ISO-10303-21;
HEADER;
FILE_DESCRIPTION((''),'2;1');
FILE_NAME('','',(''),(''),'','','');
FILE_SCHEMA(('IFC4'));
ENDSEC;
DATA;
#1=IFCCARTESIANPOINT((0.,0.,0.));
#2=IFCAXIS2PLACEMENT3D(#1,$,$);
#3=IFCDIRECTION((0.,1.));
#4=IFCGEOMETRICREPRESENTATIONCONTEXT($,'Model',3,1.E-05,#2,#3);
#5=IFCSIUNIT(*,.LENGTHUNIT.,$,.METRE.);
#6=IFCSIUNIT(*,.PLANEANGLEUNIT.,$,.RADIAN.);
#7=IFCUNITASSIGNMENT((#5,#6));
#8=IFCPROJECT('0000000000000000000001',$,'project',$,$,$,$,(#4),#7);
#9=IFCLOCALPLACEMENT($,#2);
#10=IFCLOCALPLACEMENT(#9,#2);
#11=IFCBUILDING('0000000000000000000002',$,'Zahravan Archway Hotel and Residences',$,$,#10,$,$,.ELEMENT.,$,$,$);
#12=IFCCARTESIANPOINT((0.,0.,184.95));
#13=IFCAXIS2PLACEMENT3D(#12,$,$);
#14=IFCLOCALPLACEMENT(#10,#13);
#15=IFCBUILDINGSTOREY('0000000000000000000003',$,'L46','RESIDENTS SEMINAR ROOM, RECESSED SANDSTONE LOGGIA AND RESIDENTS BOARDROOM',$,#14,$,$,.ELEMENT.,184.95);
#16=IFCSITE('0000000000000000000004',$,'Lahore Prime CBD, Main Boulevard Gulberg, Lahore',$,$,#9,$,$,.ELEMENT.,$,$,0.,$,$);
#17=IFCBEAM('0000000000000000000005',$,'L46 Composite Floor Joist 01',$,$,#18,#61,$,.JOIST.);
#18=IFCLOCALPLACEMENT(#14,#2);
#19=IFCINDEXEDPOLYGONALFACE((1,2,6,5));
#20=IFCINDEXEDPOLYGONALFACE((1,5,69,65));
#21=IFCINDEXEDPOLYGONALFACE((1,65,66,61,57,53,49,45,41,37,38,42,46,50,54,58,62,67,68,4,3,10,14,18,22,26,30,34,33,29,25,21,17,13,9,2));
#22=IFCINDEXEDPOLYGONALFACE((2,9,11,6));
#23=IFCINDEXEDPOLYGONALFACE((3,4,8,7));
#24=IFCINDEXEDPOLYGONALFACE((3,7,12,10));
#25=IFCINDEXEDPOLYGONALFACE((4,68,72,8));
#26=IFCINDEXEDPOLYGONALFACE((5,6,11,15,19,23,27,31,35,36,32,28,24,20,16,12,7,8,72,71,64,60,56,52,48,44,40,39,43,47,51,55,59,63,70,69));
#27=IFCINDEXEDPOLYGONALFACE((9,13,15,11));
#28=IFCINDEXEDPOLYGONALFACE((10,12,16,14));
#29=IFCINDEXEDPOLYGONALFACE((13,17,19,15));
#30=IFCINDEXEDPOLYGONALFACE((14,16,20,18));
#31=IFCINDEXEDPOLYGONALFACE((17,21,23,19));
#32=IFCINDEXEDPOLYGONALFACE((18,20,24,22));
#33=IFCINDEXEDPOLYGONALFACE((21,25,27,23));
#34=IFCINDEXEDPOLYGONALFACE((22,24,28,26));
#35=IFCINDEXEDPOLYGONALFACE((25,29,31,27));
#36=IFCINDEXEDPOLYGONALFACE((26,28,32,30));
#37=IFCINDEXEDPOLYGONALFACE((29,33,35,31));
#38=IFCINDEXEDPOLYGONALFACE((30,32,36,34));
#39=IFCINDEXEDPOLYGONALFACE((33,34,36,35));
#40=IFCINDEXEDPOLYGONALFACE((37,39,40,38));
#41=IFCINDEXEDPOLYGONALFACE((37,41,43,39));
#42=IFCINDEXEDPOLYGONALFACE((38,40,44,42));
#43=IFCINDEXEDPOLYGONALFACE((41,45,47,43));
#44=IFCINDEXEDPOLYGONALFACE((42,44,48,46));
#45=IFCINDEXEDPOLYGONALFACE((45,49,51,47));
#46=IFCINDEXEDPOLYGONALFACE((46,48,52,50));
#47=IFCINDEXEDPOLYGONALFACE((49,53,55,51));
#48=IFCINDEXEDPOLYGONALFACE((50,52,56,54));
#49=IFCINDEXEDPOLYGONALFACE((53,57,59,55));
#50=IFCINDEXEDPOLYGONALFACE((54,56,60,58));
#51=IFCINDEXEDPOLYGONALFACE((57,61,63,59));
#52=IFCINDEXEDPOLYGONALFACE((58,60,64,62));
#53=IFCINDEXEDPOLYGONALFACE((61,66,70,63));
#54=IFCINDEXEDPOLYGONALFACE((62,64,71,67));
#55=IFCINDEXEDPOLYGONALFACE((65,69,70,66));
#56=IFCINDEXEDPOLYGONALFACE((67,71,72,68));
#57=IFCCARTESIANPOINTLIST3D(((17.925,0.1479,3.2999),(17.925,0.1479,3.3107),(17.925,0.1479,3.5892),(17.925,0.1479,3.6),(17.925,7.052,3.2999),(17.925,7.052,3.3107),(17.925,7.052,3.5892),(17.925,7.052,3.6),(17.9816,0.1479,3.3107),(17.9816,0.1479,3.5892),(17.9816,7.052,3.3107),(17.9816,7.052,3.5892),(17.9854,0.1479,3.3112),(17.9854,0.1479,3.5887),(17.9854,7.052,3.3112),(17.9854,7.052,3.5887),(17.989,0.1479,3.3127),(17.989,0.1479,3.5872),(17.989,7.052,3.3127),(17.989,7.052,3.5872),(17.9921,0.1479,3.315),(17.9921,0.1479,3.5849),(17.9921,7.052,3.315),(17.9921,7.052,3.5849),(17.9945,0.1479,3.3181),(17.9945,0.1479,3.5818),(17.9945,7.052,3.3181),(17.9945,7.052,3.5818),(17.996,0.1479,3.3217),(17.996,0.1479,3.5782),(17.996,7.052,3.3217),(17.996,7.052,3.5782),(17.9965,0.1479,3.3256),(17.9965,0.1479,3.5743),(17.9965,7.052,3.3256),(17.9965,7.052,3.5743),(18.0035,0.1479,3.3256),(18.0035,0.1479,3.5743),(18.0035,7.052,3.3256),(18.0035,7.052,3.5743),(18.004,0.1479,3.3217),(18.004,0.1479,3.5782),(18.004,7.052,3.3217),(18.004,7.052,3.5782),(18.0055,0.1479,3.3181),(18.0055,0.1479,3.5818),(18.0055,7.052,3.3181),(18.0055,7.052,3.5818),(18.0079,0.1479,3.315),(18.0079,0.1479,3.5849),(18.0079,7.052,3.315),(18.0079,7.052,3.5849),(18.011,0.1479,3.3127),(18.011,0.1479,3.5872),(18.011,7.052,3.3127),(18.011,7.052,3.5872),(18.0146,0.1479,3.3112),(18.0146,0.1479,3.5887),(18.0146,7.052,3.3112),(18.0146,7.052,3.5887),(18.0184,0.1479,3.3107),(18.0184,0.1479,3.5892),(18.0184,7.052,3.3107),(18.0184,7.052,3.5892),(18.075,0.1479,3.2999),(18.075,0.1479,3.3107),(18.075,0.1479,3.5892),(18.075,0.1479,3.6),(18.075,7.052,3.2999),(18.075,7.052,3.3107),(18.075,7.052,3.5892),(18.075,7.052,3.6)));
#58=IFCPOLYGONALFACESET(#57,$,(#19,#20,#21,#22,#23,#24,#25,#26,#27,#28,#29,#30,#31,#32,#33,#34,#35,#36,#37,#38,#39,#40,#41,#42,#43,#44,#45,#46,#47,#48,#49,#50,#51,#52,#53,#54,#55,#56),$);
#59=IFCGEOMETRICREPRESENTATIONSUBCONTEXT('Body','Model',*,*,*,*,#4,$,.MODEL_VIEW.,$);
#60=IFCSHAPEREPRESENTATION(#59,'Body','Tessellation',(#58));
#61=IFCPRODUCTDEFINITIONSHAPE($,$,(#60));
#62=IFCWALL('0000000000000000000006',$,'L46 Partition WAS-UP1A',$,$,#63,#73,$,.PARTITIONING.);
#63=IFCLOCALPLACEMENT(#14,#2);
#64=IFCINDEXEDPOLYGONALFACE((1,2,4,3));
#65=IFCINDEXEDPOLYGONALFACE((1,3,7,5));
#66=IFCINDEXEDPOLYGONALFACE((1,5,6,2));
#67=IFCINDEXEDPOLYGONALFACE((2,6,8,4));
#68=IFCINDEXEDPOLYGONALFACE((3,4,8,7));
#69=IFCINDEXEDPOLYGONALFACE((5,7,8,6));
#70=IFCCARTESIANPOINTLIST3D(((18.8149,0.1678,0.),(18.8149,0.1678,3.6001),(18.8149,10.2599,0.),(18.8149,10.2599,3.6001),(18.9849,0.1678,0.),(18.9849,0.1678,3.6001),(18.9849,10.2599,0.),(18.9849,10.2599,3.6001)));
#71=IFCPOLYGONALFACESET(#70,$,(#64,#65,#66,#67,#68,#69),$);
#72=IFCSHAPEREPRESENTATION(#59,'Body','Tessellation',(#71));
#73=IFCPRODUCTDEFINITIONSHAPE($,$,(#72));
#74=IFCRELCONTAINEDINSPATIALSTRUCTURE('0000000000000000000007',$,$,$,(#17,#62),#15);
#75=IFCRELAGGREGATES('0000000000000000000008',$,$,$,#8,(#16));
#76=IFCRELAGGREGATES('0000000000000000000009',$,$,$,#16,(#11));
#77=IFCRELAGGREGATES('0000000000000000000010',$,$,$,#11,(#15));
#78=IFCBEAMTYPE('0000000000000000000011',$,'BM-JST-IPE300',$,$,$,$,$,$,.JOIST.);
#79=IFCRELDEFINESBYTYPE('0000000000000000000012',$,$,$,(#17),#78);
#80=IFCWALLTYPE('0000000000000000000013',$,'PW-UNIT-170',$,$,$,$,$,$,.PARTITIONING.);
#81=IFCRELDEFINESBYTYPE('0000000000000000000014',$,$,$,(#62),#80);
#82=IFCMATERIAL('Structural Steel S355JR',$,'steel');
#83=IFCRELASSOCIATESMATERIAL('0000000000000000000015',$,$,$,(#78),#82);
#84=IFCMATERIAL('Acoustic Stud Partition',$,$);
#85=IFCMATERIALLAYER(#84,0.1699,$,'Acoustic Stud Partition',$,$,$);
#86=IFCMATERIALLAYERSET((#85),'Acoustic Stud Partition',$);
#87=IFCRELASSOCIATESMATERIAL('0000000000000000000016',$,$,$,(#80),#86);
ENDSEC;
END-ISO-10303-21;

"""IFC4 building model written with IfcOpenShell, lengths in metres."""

from ifc_helpers import new_model, si_unit, direction, frame, frame_2d, origin, origin_2d, place, context, subcontext, project, spatial, rectangle, i_section, extrude, source, transform, mapped, material, layer, layer_set, material_profile, profile_set, type_object, type_shapes, element, save


model = new_model("IFC4")

# Units and contexts
model_context = context("Model", 3, precision=1e-05, world=origin(), true_north=direction((0.0, 1.0)))
body_context = subcontext(model_context, "Body", "Model", "MODEL_VIEW")
ifc_project = project(units=[si_unit("LENGTHUNIT", "METRE"), si_unit("PLANEANGLEUNIT", "RADIAN")], contexts=[model_context])

# Site, building, storey
site_placement = place(None, origin())
site = spatial("IfcSite", under=ifc_project, at=site_placement, Name="Lahore Prime CBD, Main Boulevard Gulberg, Lahore", CompositionType="ELEMENT", RefElevation=0.0)
building_placement = place(site_placement, origin())
building = spatial("IfcBuilding", under=site, at=building_placement, Name="Zahravan Archway Hotel and Residences", CompositionType="ELEMENT")
storey_placement = place(building_placement, frame((0.0, 0.0, 184.95)))
storey = spatial("IfcBuildingStorey", under=building, at=storey_placement, Name="L46", Description="RESIDENTS SEMINAR ROOM, RECESSED SANDSTONE LOGGIA AND RESIDENTS BOARDROOM", CompositionType="ELEMENT", Elevation=184.95)

# Beam
ifc_material_1 = material(Name="Structural Steel S355JR", Category="steel")
ifc_material_profile = material_profile(ifc_material_1, i_section(OverallWidth=0.1499, OverallDepth=0.3, WebThickness=0.0071, FlangeThickness=0.0107, FilletRadius=0.0149, at=origin_2d()), Name="IPE 300", Category="steel")
ifc_profile_set = profile_set([ifc_material_profile], Name="Structural Steel S355JR")
beam_type = type_object("IfcBeamType", Name="BM-JST-IPE300", PredefinedType="JOIST", material=ifc_profile_set)
shared_shape = source(origin(), body_context, "Body", "SweptSolid", [
    extrude(i_section(OverallWidth=0.1499, OverallDepth=0.3, WebThickness=0.0071, FlangeThickness=0.0107, FilletRadius=0.0149, at=origin_2d()), origin(), (0.0, 0.0, 1.0), 6.9041),
])
type_shapes(beam_type, [shared_shape])
beam_placement = place(storey_placement, frame((18.0, 0.1479, 3.45), z_axis=(0.0, 1.0, 0.0), x_axis=(-1.0, 0.0, 0.0)))
element("IfcBeam", 1, at=beam_placement, inside=storey, type_object=beam_type, Name="L46 Composite Floor Joist 01", PredefinedType="JOIST", context=body_context, shape_type="MappedRepresentation", body=[
    mapped(shared_shape, transform((0.0, 0.0, 0.0), scale=1.0)),
])

# Wall
ifc_material_2 = material(Name="Acoustic Stud Partition")
ifc_layer = layer(ifc_material_2, 0.1699, Name="Acoustic Stud Partition")
ifc_layer_set = layer_set([ifc_layer], Name="Acoustic Stud Partition")
wall_type = type_object("IfcWallType", Name="PW-UNIT-170", PredefinedType="PARTITIONING", material=ifc_layer_set)
wall_placement = place(storey_placement, frame((18.8999, 0.168, 0.0), z_axis=(0.0, 0.0, 1.0), x_axis=(0.0, 1.0, 0.0)))
element("IfcWall", 2, at=wall_placement, inside=storey, type_object=wall_type, Name="L46 Partition WAS-UP1A", PredefinedType="PARTITIONING", context=body_context, shape_type="SweptSolid", body=[
    extrude(rectangle(XDim=10.092, YDim=0.1699, at=frame_2d((5.0459, 0.0))), origin(), (0.0, 0.0, 1.0), 3.6001),
])

save(model, "model.ifc")
